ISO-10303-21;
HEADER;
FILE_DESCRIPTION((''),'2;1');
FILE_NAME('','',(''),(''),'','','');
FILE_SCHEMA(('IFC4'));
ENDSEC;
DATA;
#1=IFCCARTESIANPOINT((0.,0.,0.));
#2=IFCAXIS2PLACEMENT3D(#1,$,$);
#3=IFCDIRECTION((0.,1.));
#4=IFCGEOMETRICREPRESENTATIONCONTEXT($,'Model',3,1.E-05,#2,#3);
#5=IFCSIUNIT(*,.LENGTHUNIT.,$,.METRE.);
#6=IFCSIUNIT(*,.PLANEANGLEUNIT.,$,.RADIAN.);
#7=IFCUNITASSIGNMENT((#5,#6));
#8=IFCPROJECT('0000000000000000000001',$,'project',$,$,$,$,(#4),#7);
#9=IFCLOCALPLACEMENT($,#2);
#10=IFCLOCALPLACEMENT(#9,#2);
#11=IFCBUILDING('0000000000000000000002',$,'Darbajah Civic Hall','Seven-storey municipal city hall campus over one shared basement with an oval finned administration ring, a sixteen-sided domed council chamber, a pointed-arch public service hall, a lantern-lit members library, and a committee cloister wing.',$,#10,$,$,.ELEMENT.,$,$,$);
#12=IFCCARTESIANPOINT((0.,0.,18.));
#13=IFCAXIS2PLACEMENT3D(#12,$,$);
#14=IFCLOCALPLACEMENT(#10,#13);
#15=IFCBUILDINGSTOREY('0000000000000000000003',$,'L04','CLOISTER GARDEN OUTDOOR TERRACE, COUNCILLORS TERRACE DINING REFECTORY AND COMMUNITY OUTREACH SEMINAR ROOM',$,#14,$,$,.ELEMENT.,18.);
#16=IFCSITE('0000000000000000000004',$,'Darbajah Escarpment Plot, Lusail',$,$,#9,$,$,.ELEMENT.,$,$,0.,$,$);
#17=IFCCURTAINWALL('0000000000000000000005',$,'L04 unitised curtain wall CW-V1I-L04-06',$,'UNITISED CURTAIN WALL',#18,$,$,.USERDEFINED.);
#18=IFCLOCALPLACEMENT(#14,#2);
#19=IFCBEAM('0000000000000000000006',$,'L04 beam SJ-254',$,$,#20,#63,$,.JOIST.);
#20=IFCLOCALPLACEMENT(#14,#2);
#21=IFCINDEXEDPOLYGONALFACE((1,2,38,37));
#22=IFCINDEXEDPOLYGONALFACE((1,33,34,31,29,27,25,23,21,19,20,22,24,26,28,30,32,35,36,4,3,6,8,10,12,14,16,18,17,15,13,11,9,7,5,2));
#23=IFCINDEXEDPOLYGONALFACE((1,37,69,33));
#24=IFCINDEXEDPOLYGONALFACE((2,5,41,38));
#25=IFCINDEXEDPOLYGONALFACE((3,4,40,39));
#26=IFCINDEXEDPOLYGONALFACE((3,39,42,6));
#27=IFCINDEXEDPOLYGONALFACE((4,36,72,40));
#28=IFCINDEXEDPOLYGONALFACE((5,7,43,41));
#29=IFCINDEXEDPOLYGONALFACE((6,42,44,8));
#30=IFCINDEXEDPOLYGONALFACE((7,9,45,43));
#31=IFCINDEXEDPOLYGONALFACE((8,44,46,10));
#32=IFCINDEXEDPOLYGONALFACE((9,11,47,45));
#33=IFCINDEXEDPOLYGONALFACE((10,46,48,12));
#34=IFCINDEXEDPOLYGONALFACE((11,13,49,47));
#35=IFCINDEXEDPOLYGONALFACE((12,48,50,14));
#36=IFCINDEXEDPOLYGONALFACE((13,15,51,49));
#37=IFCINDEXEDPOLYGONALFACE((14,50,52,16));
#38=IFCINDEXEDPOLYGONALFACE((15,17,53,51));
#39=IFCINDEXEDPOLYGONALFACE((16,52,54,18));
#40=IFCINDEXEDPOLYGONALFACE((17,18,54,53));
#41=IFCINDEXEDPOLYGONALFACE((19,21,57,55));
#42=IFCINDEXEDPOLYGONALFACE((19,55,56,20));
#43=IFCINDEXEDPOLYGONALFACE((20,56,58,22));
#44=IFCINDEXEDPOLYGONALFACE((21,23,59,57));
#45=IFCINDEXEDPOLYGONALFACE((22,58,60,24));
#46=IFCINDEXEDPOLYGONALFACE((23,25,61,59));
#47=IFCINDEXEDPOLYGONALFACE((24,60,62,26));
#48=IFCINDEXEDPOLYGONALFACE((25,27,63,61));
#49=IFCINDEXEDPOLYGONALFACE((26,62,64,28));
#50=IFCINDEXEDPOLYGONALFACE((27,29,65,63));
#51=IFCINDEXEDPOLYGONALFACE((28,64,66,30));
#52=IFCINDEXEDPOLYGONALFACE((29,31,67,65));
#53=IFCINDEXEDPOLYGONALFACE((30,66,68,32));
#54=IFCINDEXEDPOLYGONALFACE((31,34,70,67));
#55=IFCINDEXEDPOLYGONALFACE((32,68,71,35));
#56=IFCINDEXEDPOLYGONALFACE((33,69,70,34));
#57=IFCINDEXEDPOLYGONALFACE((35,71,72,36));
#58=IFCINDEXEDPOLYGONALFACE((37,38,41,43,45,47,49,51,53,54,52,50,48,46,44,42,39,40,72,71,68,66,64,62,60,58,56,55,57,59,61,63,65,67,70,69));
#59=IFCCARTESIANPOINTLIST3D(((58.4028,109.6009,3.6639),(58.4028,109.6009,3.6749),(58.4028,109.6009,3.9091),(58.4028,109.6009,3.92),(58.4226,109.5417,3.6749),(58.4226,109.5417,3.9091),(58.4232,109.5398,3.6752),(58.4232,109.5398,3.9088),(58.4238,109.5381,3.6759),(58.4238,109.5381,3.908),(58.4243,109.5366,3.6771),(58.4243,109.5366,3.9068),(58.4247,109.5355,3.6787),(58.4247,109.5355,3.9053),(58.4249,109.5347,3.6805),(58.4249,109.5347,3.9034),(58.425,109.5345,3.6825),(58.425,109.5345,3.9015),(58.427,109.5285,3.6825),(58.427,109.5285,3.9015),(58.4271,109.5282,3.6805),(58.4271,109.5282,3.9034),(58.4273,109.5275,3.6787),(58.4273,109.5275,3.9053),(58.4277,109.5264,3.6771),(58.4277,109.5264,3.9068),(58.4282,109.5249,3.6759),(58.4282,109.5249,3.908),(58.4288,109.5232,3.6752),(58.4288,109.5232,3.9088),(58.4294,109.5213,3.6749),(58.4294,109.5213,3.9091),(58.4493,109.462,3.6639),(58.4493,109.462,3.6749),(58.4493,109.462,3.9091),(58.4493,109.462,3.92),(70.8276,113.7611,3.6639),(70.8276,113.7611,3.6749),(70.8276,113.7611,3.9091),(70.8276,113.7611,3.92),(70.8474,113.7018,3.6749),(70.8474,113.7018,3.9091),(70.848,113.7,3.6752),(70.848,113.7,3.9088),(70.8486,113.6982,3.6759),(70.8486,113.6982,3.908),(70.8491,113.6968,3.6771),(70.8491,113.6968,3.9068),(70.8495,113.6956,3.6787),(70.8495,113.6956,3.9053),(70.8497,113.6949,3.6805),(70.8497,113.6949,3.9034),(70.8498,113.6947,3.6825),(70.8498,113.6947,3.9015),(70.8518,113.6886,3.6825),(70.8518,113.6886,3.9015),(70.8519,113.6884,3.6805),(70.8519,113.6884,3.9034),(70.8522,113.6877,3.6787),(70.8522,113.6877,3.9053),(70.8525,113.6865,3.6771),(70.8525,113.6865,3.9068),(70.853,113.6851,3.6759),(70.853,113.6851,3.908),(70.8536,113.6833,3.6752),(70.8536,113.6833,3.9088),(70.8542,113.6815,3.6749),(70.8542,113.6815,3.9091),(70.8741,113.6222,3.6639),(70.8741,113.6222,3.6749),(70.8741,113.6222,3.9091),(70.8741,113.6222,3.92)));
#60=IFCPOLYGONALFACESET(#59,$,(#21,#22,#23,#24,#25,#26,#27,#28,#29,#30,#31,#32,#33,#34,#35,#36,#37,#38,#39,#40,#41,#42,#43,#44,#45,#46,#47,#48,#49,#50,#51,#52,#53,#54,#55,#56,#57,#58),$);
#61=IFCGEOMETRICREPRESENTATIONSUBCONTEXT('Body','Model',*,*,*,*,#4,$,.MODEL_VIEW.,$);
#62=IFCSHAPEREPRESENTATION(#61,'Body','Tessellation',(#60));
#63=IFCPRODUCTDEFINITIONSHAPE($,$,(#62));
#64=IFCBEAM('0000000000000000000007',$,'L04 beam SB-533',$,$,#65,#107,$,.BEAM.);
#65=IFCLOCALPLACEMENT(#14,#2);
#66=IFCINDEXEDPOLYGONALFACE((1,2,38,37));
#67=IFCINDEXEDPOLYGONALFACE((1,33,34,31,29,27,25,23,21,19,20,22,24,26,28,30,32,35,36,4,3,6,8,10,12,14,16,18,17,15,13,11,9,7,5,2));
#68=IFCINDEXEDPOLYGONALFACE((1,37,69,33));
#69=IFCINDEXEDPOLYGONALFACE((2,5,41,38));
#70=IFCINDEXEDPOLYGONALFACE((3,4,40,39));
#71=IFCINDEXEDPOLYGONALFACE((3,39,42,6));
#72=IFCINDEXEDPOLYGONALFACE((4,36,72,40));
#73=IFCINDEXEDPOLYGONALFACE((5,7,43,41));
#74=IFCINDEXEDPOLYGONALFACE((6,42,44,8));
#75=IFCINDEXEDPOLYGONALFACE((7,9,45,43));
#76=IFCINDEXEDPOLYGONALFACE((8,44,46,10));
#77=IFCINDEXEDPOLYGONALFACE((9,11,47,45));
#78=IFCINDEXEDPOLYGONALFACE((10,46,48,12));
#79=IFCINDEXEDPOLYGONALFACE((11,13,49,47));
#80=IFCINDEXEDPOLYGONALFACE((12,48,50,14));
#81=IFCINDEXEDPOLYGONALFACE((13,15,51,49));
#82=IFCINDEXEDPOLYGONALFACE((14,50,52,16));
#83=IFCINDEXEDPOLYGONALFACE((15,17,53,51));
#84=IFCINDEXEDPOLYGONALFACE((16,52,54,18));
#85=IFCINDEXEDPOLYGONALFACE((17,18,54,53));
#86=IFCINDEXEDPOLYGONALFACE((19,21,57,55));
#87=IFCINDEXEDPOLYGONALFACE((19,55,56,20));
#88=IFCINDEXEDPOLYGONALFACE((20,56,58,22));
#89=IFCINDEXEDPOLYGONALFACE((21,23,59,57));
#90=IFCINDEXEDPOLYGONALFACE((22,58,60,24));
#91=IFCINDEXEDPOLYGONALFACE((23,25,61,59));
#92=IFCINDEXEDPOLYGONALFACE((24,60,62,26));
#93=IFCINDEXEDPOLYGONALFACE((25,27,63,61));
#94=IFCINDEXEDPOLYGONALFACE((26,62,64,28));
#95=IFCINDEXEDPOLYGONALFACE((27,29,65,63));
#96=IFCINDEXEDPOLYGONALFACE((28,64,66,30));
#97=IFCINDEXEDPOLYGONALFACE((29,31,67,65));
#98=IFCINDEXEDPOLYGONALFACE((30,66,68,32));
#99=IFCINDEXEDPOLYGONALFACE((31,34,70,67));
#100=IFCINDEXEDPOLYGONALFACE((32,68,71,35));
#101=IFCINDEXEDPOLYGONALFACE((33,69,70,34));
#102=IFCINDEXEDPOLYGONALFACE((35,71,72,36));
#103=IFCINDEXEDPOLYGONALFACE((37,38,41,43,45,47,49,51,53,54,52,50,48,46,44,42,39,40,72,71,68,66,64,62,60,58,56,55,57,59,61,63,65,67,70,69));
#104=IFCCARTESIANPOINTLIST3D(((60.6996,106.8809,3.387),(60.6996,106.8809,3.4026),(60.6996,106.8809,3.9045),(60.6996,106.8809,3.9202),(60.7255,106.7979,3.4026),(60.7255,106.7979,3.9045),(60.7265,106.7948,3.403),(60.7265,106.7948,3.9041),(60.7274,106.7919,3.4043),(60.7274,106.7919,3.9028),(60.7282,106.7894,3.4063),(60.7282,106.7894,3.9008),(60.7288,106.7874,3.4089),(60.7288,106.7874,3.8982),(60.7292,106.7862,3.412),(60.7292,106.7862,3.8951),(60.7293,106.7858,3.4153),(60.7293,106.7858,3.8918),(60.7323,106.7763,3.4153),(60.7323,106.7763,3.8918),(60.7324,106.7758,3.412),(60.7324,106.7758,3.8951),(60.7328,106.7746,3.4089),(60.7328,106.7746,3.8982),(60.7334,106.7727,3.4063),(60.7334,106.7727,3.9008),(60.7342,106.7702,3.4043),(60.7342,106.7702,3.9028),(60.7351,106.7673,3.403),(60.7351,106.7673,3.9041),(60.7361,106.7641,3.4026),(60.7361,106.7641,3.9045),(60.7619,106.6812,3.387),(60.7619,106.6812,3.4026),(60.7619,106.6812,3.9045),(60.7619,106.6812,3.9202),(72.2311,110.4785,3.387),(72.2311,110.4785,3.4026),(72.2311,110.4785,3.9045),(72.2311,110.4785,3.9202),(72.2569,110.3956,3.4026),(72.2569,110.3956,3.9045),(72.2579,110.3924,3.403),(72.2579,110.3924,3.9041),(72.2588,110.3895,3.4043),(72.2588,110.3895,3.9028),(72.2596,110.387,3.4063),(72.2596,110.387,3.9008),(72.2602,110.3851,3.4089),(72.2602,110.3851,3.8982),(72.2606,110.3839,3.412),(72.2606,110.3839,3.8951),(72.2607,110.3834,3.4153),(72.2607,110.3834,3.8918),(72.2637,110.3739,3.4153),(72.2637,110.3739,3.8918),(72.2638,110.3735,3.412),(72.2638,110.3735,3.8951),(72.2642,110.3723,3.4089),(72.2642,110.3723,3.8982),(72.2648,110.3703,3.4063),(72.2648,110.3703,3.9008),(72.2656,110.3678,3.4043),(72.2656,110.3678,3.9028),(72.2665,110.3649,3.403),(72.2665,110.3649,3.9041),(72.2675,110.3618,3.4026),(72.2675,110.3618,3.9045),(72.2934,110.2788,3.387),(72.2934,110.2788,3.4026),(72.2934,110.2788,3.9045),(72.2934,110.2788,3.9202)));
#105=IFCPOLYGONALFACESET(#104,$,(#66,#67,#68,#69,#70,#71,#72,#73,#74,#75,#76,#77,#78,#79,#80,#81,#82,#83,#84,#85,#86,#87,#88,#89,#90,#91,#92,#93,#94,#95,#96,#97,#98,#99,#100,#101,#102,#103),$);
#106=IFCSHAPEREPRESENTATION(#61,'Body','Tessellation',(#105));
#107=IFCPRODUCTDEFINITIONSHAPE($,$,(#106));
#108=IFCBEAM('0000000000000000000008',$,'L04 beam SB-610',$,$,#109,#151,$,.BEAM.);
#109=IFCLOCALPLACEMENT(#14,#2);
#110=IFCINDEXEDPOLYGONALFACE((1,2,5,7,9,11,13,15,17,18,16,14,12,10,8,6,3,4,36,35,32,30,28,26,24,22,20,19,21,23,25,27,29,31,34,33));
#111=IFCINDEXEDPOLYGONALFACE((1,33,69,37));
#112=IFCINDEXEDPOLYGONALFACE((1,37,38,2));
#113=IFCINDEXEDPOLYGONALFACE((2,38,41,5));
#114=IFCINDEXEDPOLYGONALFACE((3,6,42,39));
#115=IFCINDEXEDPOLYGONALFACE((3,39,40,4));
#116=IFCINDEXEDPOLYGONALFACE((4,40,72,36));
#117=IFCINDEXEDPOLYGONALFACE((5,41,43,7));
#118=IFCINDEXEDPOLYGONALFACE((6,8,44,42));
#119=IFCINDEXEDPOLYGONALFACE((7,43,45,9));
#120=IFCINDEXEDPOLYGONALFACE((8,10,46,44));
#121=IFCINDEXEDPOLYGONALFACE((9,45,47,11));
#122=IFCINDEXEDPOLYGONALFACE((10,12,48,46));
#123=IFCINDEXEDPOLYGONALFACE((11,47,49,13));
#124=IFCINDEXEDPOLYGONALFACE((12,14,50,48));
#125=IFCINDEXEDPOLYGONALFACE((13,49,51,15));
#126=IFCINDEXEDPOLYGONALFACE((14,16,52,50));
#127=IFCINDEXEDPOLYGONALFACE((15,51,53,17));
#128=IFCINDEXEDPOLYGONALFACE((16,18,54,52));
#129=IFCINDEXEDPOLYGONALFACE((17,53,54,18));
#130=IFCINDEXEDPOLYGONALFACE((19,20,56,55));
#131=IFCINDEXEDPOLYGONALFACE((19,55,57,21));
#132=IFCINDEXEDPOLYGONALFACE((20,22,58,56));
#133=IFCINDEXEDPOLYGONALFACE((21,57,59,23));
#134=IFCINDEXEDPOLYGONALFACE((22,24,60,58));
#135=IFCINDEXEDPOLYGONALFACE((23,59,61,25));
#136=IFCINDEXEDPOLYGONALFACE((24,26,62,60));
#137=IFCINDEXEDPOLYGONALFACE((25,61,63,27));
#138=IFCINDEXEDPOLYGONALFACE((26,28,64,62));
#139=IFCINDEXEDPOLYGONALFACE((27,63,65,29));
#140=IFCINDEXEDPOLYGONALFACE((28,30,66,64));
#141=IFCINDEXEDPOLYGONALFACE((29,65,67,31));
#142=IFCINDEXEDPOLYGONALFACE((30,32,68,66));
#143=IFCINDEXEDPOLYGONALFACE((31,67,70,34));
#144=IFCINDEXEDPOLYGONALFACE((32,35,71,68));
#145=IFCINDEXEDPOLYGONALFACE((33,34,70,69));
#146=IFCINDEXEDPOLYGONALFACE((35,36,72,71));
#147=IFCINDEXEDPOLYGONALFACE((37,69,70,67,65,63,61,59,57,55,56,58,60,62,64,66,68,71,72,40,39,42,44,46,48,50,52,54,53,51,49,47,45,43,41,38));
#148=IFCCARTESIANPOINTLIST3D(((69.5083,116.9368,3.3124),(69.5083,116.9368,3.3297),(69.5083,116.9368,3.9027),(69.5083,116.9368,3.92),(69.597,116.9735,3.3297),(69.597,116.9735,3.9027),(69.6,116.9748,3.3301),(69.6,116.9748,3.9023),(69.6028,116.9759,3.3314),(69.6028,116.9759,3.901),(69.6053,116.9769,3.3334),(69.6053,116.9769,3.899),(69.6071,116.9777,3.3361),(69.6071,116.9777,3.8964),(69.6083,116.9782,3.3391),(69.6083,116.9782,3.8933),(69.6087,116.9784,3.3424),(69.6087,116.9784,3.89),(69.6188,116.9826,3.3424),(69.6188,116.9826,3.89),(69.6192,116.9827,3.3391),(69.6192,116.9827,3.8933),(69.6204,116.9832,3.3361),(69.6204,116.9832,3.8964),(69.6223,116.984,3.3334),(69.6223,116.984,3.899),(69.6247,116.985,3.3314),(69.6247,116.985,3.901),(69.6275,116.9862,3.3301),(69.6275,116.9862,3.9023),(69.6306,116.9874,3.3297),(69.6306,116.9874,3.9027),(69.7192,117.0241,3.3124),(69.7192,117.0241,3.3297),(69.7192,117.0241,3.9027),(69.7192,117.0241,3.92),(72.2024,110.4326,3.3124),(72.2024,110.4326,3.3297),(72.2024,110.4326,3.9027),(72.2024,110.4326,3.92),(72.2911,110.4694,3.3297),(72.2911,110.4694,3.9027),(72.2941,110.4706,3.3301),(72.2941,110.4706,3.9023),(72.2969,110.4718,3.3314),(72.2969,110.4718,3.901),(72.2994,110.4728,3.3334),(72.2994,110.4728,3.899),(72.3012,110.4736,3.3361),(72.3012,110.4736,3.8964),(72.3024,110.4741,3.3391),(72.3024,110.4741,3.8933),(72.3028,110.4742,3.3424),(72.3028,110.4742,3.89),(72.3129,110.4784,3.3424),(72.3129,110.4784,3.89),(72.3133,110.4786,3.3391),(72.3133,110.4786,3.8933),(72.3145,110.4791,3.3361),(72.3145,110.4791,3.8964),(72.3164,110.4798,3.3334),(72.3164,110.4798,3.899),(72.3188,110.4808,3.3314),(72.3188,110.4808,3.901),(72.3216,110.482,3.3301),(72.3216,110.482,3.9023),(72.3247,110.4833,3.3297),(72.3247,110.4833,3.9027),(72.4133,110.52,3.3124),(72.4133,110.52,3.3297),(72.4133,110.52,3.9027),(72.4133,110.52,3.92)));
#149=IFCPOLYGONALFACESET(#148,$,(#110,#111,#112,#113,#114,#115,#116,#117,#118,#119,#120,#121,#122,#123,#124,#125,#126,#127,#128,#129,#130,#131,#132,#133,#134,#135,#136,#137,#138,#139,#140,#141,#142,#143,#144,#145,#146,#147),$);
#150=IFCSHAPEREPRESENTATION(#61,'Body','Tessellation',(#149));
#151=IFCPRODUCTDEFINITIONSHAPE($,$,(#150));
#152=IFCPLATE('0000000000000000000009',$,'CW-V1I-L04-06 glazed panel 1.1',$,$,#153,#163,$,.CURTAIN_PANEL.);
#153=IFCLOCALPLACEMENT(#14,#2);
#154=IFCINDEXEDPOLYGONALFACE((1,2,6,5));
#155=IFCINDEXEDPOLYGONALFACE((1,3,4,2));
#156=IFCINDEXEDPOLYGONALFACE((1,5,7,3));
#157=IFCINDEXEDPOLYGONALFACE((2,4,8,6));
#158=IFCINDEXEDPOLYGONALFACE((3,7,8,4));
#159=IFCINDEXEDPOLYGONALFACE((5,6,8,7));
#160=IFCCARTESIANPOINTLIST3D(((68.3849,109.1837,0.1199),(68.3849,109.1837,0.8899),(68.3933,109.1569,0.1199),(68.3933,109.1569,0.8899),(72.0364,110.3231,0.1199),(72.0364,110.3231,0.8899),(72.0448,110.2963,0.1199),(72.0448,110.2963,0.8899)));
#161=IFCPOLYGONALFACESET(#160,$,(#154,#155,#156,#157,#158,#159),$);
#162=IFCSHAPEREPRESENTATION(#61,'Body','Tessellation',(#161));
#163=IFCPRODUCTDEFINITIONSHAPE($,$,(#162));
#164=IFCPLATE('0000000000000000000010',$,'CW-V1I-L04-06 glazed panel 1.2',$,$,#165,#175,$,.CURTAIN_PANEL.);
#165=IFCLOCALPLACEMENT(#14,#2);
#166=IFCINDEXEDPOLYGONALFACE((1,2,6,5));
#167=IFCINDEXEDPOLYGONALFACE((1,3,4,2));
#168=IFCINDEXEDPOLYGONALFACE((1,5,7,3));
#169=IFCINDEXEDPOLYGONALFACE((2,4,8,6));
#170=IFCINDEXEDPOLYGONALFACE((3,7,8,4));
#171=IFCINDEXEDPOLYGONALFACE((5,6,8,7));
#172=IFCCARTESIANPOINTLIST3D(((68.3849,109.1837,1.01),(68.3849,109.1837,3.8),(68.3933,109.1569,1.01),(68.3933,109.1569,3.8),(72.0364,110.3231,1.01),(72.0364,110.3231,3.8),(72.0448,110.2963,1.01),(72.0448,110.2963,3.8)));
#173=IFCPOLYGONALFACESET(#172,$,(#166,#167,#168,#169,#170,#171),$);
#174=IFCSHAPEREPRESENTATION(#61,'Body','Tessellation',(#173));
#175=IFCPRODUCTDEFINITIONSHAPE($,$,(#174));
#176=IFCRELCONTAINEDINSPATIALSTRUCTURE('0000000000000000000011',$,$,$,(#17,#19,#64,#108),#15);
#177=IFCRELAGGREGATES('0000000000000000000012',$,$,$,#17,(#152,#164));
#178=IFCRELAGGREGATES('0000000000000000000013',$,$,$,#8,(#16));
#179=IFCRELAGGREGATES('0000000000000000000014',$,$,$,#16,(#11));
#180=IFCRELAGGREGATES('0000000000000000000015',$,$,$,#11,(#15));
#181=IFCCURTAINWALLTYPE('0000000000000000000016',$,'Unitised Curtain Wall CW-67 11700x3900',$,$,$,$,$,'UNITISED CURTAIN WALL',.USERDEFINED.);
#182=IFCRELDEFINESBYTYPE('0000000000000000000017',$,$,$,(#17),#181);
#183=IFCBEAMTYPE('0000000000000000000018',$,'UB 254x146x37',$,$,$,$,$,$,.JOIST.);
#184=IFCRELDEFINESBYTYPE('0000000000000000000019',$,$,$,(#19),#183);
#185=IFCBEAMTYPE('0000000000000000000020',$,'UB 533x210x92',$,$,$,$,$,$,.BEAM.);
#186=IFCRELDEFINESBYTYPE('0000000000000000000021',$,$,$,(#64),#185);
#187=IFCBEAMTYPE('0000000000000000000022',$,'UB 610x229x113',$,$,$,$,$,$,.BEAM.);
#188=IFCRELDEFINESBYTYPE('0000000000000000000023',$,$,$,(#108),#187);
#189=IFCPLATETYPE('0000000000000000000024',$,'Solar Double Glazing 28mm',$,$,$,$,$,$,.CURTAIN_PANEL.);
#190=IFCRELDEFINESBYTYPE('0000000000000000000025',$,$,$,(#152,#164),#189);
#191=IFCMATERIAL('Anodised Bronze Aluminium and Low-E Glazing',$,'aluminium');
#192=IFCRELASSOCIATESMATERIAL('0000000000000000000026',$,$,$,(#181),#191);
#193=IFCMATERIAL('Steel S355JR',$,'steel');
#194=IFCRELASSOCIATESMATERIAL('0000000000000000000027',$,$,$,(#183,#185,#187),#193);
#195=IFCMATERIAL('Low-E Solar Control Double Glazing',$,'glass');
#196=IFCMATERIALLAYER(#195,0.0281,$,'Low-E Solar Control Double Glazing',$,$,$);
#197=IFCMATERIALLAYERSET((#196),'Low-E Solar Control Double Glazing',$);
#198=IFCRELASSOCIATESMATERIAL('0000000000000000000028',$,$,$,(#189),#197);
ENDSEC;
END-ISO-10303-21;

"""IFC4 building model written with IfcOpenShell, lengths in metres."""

from ifc_helpers import new_model, si_unit, direction, frame, origin, origin_2d, place, context, subcontext, project, spatial, rectangle, i_section, extrude, material, layer, layer_set, material_profile, profile_set, type_object, element, aggregate, save


model = new_model("IFC4")

# Units and contexts
model_context = context("Model", 3, precision=1e-05, world=origin(), true_north=direction((0.0, 1.0)))
body_context = subcontext(model_context, "Body", "Model", "MODEL_VIEW")
ifc_project = project(units=[si_unit("LENGTHUNIT", "METRE"), si_unit("PLANEANGLEUNIT", "RADIAN")], contexts=[model_context])

# Site, building, storey
site_placement = place(None, origin())
site = spatial("IfcSite", under=ifc_project, at=site_placement, Name="Darbajah Escarpment Plot, Lusail", CompositionType="ELEMENT", RefElevation=0.0)
building_placement = place(site_placement, origin())
building = spatial("IfcBuilding", under=site, at=building_placement, Name="Darbajah Civic Hall", Description="Seven-storey municipal city hall campus over one shared basement with an oval finned administration ring, a sixteen-sided domed council chamber, a pointed-arch public service hall, a lantern-lit members library, and a committee cloister wing.", CompositionType="ELEMENT")
storey_placement = place(building_placement, frame((0.0, 0.0, 18.0)))
storey = spatial("IfcBuildingStorey", under=building, at=storey_placement, Name="L04", Description="CLOISTER GARDEN OUTDOOR TERRACE, COUNCILLORS TERRACE DINING REFECTORY AND COMMUNITY OUTREACH SEMINAR ROOM", CompositionType="ELEMENT", Elevation=18.0)

# Curtain wall
ifc_material_1 = material(Name="Anodised Bronze Aluminium and Low-E Glazing", Category="aluminium")
curtain_wall_type_1 = type_object("IfcCurtainWallType", Name="Unitised Curtain Wall CW-67 11700x3900", ElementType="UNITISED CURTAIN WALL", PredefinedType="USERDEFINED", material=ifc_material_1)
curtain_wall_1_placement = place(storey_placement, origin())
curtain_wall_1 = element("IfcCurtainWall", 1, at=curtain_wall_1_placement, inside=storey, type_object=curtain_wall_type_1, Name="L04 unitised curtain wall CW-V1I-L04-06", ObjectType="UNITISED CURTAIN WALL", PredefinedType="USERDEFINED")

# Beams
ifc_material_2 = material(Name="Steel S355JR", Category="steel")
ifc_material_profile_1 = material_profile(ifc_material_2, i_section(OverallWidth=0.1465, OverallDepth=0.2561, WebThickness=0.0063, FlangeThickness=0.011, FilletRadius=0.0076, at=origin_2d()), Name="UB 254x146x37")
ifc_profile_set_1 = profile_set([ifc_material_profile_1], Name="Steel S355JR")
beam_type_1 = type_object("IfcBeamType", Name="UB 254x146x37", PredefinedType="JOIST", material=ifc_profile_set_1)
beam_1_placement = place(storey_placement, frame((70.8508, 113.6917, 3.792), z_axis=(-0.948258, -0.317502, 0.0), x_axis=(0.317502, -0.948258, 0.0)))
element("IfcBeam", 2, at=beam_1_placement, inside=storey, type_object=beam_type_1, Name="L04 beam SJ-254", PredefinedType="JOIST", context=body_context, shape_type="SweptSolid", body=[
    extrude(i_section(OverallWidth=0.1465, OverallDepth=0.2561, WebThickness=0.0063, FlangeThickness=0.011, FilletRadius=0.0076, at=origin_2d()), origin(), (0.0, 0.0, 1.0), 13.1028),
])
ifc_material_profile_2 = material_profile(ifc_material_2, i_section(OverallWidth=0.2092, OverallDepth=0.5332, WebThickness=0.01, FlangeThickness=0.0156, FilletRadius=0.0127, at=origin_2d()), Name="UB 533x210x92")
ifc_profile_set_2 = profile_set([ifc_material_profile_2], Name="Steel S355JR")
beam_type_2 = type_object("IfcBeamType", Name="UB 533x210x92", PredefinedType="BEAM", material=ifc_profile_set_2)
beam_2_placement = place(storey_placement, frame((72.2622, 110.3787, 3.6536), z_axis=(-0.95462, -0.297827, 0.0), x_axis=(0.297827, -0.95462, 0.0)))
element("IfcBeam", 3, at=beam_2_placement, inside=storey, type_object=beam_type_2, Name="L04 beam SB-533", PredefinedType="BEAM", context=body_context, shape_type="SweptSolid", body=[
    extrude(i_section(OverallWidth=0.2092, OverallDepth=0.5332, WebThickness=0.01, FlangeThickness=0.0156, FilletRadius=0.0127, at=origin_2d()), origin(), (0.0, 0.0, 1.0), 12.0796),
])
ifc_material_profile_3 = material_profile(ifc_material_2, i_section(OverallWidth=0.2283, OverallDepth=0.6077, WebThickness=0.011, FlangeThickness=0.0173, FilletRadius=0.0127, at=origin_2d()), Name="UB 610x229x113")
ifc_profile_set_3 = profile_set([ifc_material_profile_3], Name="Steel S355JR")
beam_type_3 = type_object("IfcBeamType", Name="UB 610x229x113", PredefinedType="BEAM", material=ifc_profile_set_3)
beam_3_placement = place(storey_placement, frame((72.3079, 110.4763, 3.6162), z_axis=(-0.382682, 0.92388, 0.0), x_axis=(-0.92388, -0.382682, 0.0)))
element("IfcBeam", 4, at=beam_3_placement, inside=storey, type_object=beam_type_3, Name="L04 beam SB-610", PredefinedType="BEAM", context=body_context, shape_type="SweptSolid", body=[
    extrude(i_section(OverallWidth=0.2283, OverallDepth=0.6077, WebThickness=0.011, FlangeThickness=0.0173, FilletRadius=0.0127, at=origin_2d()), origin(), (0.0, 0.0, 1.0), 7.04),
])

# Plates
ifc_material_3 = material(Name="Low-E Solar Control Double Glazing", Category="glass")
ifc_layer_1 = layer(ifc_material_3, 0.0281, Name="Low-E Solar Control Double Glazing")
ifc_layer_set_1 = layer_set([ifc_layer_1], Name="Low-E Solar Control Double Glazing")
plate_type = type_object("IfcPlateType", Name="Solar Double Glazing 28mm", PredefinedType="CURTAIN_PANEL", material=ifc_layer_set_1)
plate_1_placement = place(storey_placement, frame((70.2148, 109.74, 0.1199), z_axis=(0.0, 0.0, 1.0), x_axis=(-0.954605, -0.297875, 0.0)))
plate_1 = element("IfcPlate", 5, at=plate_1_placement, type_object=plate_type, Name="CW-V1I-L04-06 glazed panel 1.1", PredefinedType="CURTAIN_PANEL", context=body_context, shape_type="SweptSolid", body=[
    extrude(rectangle(XDim=3.8252, YDim=0.0281, at=origin_2d()), origin(), (0.0, 0.0, 1.0), 0.77),
])
plate_2_placement = place(storey_placement, frame((70.2148, 109.74, 1.01), z_axis=(0.0, 0.0, 1.0), x_axis=(-0.954605, -0.297875, 0.0)))
plate_2 = element("IfcPlate", 6, at=plate_2_placement, type_object=plate_type, Name="CW-V1I-L04-06 glazed panel 1.2", PredefinedType="CURTAIN_PANEL", context=body_context, shape_type="SweptSolid", body=[
    extrude(rectangle(XDim=3.8252, YDim=0.0281, at=origin_2d()), origin(), (0.0, 0.0, 1.0), 2.79),
])
aggregate(curtain_wall_1, [plate_1, plate_2])

save(model, "model.ifc")
